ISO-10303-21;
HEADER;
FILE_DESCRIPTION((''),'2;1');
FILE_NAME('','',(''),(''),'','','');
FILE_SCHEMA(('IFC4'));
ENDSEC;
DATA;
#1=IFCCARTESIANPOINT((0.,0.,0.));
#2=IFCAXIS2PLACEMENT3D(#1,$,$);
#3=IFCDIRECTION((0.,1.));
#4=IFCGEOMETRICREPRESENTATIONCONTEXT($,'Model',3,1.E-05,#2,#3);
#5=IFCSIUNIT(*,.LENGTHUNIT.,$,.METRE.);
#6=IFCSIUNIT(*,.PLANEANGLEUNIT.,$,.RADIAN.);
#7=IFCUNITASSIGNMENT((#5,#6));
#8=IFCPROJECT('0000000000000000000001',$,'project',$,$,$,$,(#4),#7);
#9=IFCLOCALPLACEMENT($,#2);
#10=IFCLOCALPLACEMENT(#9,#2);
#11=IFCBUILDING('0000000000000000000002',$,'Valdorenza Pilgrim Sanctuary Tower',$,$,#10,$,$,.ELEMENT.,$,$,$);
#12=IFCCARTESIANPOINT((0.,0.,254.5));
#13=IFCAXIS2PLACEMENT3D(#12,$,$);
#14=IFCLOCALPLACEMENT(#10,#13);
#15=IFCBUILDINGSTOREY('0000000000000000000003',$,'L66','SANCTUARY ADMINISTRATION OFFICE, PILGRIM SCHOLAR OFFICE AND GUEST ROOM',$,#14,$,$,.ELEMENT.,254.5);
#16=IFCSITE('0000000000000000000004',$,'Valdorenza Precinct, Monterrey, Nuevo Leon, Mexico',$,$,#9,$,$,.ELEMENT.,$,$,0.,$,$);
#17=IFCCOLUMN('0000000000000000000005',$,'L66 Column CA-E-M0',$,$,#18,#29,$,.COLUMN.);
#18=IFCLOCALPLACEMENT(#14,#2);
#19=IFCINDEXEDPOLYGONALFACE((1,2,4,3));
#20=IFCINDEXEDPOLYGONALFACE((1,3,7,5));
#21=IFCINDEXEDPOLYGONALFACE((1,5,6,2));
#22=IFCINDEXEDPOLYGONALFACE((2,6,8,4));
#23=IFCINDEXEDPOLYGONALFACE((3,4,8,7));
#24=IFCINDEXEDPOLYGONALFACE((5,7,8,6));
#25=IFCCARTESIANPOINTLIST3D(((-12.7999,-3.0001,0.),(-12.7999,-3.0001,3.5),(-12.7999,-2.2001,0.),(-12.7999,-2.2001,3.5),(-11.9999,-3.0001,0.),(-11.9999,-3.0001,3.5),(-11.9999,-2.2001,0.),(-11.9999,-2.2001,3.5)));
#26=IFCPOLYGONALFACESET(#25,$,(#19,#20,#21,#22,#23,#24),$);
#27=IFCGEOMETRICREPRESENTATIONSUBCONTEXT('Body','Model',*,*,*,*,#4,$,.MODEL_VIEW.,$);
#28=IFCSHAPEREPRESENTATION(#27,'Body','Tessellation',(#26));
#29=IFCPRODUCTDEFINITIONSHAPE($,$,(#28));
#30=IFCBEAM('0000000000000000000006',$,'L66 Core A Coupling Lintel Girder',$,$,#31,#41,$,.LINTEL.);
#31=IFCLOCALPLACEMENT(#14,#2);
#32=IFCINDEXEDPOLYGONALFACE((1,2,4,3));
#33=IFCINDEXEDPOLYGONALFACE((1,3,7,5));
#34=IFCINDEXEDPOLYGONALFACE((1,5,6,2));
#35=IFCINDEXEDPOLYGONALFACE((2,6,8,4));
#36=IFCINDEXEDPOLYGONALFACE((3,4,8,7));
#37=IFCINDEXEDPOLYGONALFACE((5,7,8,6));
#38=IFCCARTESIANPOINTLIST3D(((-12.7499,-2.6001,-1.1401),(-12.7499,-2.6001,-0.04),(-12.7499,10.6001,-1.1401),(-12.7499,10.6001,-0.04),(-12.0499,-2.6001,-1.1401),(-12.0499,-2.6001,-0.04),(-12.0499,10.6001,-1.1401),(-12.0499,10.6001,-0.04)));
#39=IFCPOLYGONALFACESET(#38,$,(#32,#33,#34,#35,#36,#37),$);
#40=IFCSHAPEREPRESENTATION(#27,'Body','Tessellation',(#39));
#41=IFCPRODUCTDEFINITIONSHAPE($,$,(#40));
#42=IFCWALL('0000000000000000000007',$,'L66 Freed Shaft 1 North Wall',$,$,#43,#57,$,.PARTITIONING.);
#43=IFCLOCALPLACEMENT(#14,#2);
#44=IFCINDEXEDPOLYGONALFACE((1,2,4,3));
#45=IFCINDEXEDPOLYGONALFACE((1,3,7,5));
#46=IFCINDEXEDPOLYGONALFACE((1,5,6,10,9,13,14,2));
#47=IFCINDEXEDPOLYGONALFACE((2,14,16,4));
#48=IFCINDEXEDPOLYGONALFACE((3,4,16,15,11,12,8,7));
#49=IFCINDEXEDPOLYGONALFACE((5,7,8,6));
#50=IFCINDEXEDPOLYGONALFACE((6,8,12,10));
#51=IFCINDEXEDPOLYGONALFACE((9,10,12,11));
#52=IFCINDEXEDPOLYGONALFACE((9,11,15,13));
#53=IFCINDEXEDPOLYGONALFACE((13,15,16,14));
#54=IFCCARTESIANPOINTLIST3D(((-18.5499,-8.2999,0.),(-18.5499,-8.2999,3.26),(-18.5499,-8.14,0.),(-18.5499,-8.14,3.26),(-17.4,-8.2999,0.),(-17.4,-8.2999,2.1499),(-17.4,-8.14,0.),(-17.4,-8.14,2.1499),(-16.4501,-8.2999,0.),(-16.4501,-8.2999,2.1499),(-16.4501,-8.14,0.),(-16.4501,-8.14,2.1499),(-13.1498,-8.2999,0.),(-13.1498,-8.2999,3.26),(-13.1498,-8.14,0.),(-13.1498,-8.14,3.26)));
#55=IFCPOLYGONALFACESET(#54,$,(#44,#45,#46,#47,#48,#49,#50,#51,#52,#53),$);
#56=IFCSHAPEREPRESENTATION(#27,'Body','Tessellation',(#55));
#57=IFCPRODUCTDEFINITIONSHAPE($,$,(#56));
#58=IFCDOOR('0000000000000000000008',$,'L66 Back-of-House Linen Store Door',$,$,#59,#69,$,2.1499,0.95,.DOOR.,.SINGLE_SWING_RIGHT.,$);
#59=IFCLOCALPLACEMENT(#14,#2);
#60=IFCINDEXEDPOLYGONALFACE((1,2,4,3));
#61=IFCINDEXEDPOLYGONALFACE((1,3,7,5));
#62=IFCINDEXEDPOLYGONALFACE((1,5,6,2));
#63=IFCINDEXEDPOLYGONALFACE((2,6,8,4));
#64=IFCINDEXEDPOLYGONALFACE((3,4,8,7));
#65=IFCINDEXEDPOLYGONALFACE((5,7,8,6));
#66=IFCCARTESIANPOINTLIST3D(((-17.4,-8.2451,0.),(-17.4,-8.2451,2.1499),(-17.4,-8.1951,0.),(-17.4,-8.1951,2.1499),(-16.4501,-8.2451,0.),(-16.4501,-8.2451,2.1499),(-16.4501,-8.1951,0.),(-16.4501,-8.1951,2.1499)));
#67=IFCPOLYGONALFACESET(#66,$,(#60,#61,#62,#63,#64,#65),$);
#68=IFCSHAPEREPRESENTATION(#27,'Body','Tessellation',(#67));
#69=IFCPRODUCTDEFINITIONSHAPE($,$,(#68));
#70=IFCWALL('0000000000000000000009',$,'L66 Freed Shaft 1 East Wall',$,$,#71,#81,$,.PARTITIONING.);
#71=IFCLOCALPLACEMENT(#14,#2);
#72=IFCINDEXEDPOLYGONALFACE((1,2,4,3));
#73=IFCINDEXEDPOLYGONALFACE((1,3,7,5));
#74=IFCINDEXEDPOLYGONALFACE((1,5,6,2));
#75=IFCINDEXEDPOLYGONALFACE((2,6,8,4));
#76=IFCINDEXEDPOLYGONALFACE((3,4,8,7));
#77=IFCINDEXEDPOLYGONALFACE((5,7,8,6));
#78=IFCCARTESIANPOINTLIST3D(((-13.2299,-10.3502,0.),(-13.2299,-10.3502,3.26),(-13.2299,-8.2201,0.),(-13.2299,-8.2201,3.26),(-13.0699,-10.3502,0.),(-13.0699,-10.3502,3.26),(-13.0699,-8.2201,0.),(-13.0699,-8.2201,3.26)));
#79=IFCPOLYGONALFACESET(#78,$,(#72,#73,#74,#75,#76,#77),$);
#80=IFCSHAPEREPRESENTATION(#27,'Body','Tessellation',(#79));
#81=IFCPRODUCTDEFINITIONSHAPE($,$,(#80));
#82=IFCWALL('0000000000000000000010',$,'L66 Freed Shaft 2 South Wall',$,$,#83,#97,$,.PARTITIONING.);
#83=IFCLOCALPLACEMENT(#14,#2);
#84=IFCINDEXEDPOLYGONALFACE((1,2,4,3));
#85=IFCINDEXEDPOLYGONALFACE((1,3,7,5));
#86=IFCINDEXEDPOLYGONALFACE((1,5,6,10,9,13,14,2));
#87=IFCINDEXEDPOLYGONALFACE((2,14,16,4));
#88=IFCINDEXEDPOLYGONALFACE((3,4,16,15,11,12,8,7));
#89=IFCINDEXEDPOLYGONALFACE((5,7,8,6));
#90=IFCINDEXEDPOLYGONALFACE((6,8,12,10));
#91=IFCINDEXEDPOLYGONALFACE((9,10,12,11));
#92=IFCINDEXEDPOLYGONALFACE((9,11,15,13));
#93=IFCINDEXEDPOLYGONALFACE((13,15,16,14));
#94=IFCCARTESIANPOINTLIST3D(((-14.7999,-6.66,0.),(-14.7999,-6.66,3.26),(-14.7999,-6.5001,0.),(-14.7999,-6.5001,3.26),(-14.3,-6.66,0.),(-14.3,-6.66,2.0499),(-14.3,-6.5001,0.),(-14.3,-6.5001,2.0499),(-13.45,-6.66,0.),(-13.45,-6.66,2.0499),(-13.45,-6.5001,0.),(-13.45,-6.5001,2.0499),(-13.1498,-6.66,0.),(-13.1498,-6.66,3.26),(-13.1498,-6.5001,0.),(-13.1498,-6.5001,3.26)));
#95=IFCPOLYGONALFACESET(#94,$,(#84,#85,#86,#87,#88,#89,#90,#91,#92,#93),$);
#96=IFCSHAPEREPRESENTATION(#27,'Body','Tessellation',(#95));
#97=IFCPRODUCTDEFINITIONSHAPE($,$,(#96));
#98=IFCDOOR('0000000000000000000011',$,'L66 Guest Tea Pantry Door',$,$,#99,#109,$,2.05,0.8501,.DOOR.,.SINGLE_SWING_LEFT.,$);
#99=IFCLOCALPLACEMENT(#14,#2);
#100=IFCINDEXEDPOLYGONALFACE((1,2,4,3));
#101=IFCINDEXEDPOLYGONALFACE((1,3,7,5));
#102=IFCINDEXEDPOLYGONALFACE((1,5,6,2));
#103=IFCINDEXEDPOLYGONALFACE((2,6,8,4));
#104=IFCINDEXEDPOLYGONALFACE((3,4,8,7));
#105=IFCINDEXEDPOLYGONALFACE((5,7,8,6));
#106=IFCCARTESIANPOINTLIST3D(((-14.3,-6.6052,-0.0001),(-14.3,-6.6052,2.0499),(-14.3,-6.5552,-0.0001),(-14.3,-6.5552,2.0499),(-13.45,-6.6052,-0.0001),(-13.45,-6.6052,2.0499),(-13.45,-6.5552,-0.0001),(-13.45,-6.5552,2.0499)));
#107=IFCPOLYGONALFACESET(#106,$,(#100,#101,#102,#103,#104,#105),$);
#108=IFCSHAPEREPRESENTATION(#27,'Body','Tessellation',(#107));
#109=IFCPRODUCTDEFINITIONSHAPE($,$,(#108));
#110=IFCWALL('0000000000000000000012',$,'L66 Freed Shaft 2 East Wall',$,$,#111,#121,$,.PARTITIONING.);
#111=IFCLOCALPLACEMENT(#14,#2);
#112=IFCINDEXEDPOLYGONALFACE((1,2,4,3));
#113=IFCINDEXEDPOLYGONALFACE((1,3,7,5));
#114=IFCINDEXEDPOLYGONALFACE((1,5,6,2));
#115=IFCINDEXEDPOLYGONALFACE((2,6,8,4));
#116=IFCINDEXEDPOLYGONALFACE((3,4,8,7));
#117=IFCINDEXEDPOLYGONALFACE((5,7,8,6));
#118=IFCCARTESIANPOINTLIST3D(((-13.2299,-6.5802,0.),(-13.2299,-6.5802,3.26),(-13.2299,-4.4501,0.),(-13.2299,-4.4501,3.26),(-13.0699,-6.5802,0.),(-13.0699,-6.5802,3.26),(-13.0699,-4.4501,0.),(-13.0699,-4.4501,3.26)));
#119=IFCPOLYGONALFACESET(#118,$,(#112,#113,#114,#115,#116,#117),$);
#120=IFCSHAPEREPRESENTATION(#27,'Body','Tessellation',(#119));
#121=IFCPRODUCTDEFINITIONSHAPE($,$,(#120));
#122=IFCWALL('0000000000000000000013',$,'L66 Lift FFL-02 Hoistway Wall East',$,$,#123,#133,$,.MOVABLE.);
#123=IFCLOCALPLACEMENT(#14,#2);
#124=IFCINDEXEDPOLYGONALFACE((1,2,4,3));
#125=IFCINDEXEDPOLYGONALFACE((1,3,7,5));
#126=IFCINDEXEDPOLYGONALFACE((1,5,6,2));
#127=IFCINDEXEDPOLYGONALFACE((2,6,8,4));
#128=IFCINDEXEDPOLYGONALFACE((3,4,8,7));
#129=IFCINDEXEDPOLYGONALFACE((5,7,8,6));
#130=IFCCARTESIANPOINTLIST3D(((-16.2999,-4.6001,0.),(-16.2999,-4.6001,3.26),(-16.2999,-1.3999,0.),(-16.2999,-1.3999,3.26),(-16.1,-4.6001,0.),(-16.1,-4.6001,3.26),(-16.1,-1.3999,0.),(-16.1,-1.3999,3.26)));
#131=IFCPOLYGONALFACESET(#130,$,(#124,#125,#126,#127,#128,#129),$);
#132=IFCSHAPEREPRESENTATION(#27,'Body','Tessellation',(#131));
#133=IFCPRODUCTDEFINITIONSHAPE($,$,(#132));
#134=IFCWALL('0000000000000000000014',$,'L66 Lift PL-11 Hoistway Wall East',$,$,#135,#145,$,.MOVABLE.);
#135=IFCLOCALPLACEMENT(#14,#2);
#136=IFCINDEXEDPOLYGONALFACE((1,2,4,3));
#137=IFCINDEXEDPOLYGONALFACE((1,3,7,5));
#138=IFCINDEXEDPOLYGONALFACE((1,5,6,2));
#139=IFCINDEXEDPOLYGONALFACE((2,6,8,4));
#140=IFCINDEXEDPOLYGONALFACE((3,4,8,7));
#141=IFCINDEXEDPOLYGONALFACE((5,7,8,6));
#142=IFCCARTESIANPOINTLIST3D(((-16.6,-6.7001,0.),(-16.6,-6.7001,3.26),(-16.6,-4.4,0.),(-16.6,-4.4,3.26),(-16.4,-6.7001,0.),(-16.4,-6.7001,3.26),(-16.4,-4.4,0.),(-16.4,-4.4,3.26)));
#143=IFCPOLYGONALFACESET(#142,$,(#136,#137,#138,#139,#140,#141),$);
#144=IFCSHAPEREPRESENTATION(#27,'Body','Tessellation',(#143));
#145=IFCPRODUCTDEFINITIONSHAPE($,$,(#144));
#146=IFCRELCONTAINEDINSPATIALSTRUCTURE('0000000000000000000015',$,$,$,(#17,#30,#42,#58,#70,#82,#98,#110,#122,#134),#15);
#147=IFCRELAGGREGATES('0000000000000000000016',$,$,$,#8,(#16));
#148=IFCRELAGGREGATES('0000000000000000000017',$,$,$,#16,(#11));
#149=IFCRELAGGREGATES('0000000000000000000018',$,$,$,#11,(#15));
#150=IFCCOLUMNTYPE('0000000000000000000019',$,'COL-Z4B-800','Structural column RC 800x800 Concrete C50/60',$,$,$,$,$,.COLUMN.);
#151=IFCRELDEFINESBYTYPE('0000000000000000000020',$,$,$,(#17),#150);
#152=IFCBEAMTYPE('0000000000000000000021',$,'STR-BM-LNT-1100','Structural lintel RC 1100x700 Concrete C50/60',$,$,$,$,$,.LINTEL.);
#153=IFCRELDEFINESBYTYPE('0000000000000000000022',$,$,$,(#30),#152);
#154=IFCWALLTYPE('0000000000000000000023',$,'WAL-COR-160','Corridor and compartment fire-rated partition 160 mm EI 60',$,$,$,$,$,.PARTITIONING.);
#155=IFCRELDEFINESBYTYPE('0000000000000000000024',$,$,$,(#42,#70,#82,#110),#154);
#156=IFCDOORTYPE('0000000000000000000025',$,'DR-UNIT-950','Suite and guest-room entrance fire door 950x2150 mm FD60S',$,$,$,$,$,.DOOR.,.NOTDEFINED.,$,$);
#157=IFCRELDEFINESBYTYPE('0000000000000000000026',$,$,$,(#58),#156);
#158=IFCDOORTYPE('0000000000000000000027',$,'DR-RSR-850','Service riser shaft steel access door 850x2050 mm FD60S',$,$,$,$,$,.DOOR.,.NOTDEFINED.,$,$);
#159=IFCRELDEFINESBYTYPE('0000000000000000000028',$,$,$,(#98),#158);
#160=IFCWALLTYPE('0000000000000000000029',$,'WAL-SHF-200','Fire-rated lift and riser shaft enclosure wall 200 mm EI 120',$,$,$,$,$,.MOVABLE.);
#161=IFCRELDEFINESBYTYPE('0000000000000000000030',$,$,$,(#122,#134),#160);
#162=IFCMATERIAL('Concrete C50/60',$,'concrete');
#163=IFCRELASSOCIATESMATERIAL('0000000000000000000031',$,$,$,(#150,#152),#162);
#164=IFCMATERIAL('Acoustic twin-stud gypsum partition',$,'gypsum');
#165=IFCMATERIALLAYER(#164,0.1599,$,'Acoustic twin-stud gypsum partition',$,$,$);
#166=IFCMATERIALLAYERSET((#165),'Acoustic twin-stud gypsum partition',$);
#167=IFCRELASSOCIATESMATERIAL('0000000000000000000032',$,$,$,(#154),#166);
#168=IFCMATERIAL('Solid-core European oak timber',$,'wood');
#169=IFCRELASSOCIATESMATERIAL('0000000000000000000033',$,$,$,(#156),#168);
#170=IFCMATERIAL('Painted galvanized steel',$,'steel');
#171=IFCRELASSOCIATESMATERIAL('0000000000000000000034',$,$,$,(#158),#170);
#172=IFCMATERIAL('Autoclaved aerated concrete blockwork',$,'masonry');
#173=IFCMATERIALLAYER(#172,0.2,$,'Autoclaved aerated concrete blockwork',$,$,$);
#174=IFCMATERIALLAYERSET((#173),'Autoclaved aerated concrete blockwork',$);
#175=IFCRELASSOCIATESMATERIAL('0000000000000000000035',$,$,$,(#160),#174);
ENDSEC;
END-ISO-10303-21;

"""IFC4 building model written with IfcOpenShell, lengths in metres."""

from ifc_helpers import new_model, si_unit, direction, frame, frame_2d, origin, origin_2d, place, context, subcontext, project, spatial, rectangle, extrude, source, transform, mapped, material, layer, layer_set, material_profile, profile_set, type_object, element, fill, save


model = new_model("IFC4")

# Units and contexts
model_context = context("Model", 3, precision=1e-05, world=origin(), true_north=direction((0.0, 1.0)))
body_context = subcontext(model_context, "Body", "Model", "MODEL_VIEW")
ifc_project = project(units=[si_unit("LENGTHUNIT", "METRE"), si_unit("PLANEANGLEUNIT", "RADIAN")], contexts=[model_context])

# Site, building, storey
site_placement = place(None, origin())
site = spatial("IfcSite", under=ifc_project, at=site_placement, Name="Valdorenza Precinct, Monterrey, Nuevo Leon, Mexico", CompositionType="ELEMENT", RefElevation=0.0)
building_placement = place(site_placement, origin())
building = spatial("IfcBuilding", under=site, at=building_placement, Name="Valdorenza Pilgrim Sanctuary Tower", CompositionType="ELEMENT")
storey_placement = place(building_placement, frame((0.0, 0.0, 254.5)))
storey = spatial("IfcBuildingStorey", under=building, at=storey_placement, Name="L66", Description="SANCTUARY ADMINISTRATION OFFICE, PILGRIM SCHOLAR OFFICE AND GUEST ROOM", CompositionType="ELEMENT", Elevation=254.5)

# Column
ifc_material_1 = material(Name="Concrete C50/60", Category="concrete")
ifc_material_profile_1 = material_profile(ifc_material_1, rectangle(XDim=0.8, YDim=0.8, at=origin_2d()), Name="RC 800x800")
ifc_profile_set_1 = profile_set([ifc_material_profile_1], Name="Concrete C50/60")
column_type = type_object("IfcColumnType", Name="COL-Z4B-800", Description="Structural column RC 800x800 Concrete C50/60", PredefinedType="COLUMN", material=ifc_profile_set_1)
shared_shape_1 = source(origin(), body_context, "Body", "SweptSolid", [
    extrude(rectangle(XDim=0.8, YDim=0.8, at=origin_2d()), origin(), (0.0, 0.0, 1.0), 3.5),
])
column_placement = place(storey_placement, frame((-12.3999, -2.6001, 0.0), z_axis=(0.0, 0.0, 1.0), x_axis=(1.0, 0.0, 0.0)))
element("IfcColumn", 1, at=column_placement, inside=storey, type_object=column_type, Name="L66 Column CA-E-M0", PredefinedType="COLUMN", context=body_context, shape_type="MappedRepresentation", body=[
    mapped(shared_shape_1, transform((0.0, 0.0, 0.0), x_axis=(1.0, 0.0, 0.0), y_axis=(0.0, 1.0, 0.0), z_axis=(0.0, 0.0, 1.0), scale=1.0)),
])

# Beam
ifc_material_profile_2 = material_profile(ifc_material_1, rectangle(XDim=0.7, YDim=1.1001, at=origin_2d()), Name="RC 1100x700")
ifc_profile_set_2 = profile_set([ifc_material_profile_2], Name="Concrete C50/60")
beam_type = type_object("IfcBeamType", Name="STR-BM-LNT-1100", Description="Structural lintel RC 1100x700 Concrete C50/60", PredefinedType="LINTEL", material=ifc_profile_set_2)
shared_shape_2 = source(origin(), body_context, "Body", "SweptSolid", [
    extrude(rectangle(XDim=0.7, YDim=1.1001, at=origin_2d()), origin(), (0.0, 0.0, 1.0), 13.2002),
])
beam_placement = place(storey_placement, frame((-12.3999, -2.6001, -0.5901), z_axis=(0.0, 1.0, 0.0), x_axis=(-1.0, 0.0, 0.0)))
element("IfcBeam", 2, at=beam_placement, inside=storey, type_object=beam_type, Name="L66 Core A Coupling Lintel Girder", PredefinedType="LINTEL", context=body_context, shape_type="MappedRepresentation", body=[
    mapped(shared_shape_2, transform((0.0, 0.0, 0.0), x_axis=(1.0, 0.0, 0.0), y_axis=(0.0, 1.0, 0.0), z_axis=(0.0, 0.0, 1.0), scale=1.0)),
])

# Wall, opening, door
ifc_material_2 = material(Name="Acoustic twin-stud gypsum partition", Category="gypsum")
ifc_layer_1 = layer(ifc_material_2, 0.1599, Name="Acoustic twin-stud gypsum partition")
ifc_layer_set_1 = layer_set([ifc_layer_1], Name="Acoustic twin-stud gypsum partition")
wall_type_1 = type_object("IfcWallType", Name="WAL-COR-160", Description="Corridor and compartment fire-rated partition 160 mm EI 60", PredefinedType="PARTITIONING", material=ifc_layer_set_1)
wall_1_placement = place(storey_placement, frame((-18.55, -8.22, 0.0), z_axis=(0.0, 0.0, 1.0), x_axis=(1.0, 0.0, 0.0)))
wall_1 = element("IfcWall", 3, at=wall_1_placement, inside=storey, type_object=wall_type_1, Name="L66 Freed Shaft 1 North Wall", PredefinedType="PARTITIONING", context=body_context, shape_type="SweptSolid", body=[
    extrude(rectangle(XDim=5.4001, YDim=0.1599, at=frame_2d((2.7002, 0.0))), origin(), (0.0, 0.0, 1.0), 3.26),
])
opening_1_placement = place(wall_1_placement, frame((1.1499, 0.0, 0.0)))
opening_1 = element("IfcOpeningElement", 4, at=opening_1_placement, cuts=wall_1, PredefinedType="OPENING", context=body_context, shape_type="SweptSolid", body=[
    extrude(rectangle(XDim=0.95, YDim=2.1499, at=frame_2d((0.4751, 1.075))), frame((0.0, 0.0947, 0.0), z_axis=(0.0, -1.0, 0.0), x_axis=(1.0, 0.0, 0.0)), (0.0, 0.0, 1.0), 0.1897),
])
ifc_material_3 = material(Name="Solid-core European oak timber", Category="wood")
door_type_1 = type_object("IfcDoorType", Name="DR-UNIT-950", Description="Suite and guest-room entrance fire door 950x2150 mm FD60S", OperationType="NOTDEFINED", PredefinedType="DOOR", material=ifc_material_3)
door_1_placement = place(opening_1_placement, origin())
door_1 = element("IfcDoor", 5, at=door_1_placement, inside=storey, type_object=door_type_1, Name="L66 Back-of-House Linen Store Door", OperationType="SINGLE_SWING_RIGHT", OverallHeight=2.1499, OverallWidth=0.95, PredefinedType="DOOR", context=body_context, shape_type="SweptSolid", body=[
    extrude(rectangle(XDim=0.95, YDim=2.1499, at=frame_2d((0.4751, 1.075))), frame((0.0, 0.0249, 0.0), z_axis=(0.0, -1.0, 0.0), x_axis=(1.0, 0.0, 0.0)), (0.0, 0.0, 1.0), 0.05),
])
fill(opening_1, door_1)

# Wall
wall_2_placement = place(storey_placement, frame((-13.1499, -10.3501, 0.0), z_axis=(0.0, 0.0, 1.0), x_axis=(0.0, 1.0, 0.0)))
element("IfcWall", 6, at=wall_2_placement, inside=storey, type_object=wall_type_1, Name="L66 Freed Shaft 1 East Wall", PredefinedType="PARTITIONING", context=body_context, shape_type="SweptSolid", body=[
    extrude(rectangle(XDim=2.1301, YDim=0.1599, at=frame_2d((1.0649, 0.0))), origin(), (0.0, 0.0, 1.0), 3.26),
])

# Wall, opening, door
wall_3_placement = place(storey_placement, frame((-14.8, -6.5801, 0.0), z_axis=(0.0, 0.0, 1.0), x_axis=(1.0, 0.0, 0.0)))
wall_3 = element("IfcWall", 7, at=wall_3_placement, inside=storey, type_object=wall_type_1, Name="L66 Freed Shaft 2 South Wall", PredefinedType="PARTITIONING", context=body_context, shape_type="SweptSolid", body=[
    extrude(rectangle(XDim=1.6501, YDim=0.1599, at=frame_2d((0.8252, 0.0))), origin(), (0.0, 0.0, 1.0), 3.26),
])
opening_2_placement = place(wall_3_placement, frame((0.5, 0.0, 0.0)))
opening_2 = element("IfcOpeningElement", 8, at=opening_2_placement, cuts=wall_3, PredefinedType="OPENING", context=body_context, shape_type="SweptSolid", body=[
    extrude(rectangle(XDim=0.8501, YDim=2.05, at=frame_2d((0.425, 1.0249))), frame((0.0, 0.0947, 0.0), z_axis=(0.0, -1.0, 0.0), x_axis=(1.0, 0.0, 0.0)), (0.0, 0.0, 1.0), 0.1897),
])
ifc_material_4 = material(Name="Painted galvanized steel", Category="steel")
door_type_2 = type_object("IfcDoorType", Name="DR-RSR-850", Description="Service riser shaft steel access door 850x2050 mm FD60S", OperationType="NOTDEFINED", PredefinedType="DOOR", material=ifc_material_4)
door_2_placement = place(opening_2_placement, origin())
door_2 = element("IfcDoor", 9, at=door_2_placement, inside=storey, type_object=door_type_2, Name="L66 Guest Tea Pantry Door", OperationType="SINGLE_SWING_LEFT", OverallHeight=2.05, OverallWidth=0.8501, PredefinedType="DOOR", context=body_context, shape_type="SweptSolid", body=[
    extrude(rectangle(XDim=0.8501, YDim=2.05, at=frame_2d((0.425, 1.0249))), frame((0.0, 0.0249, 0.0), z_axis=(0.0, -1.0, 0.0), x_axis=(1.0, 0.0, 0.0)), (0.0, 0.0, 1.0), 0.05),
])
fill(opening_2, door_2)

# Wall
wall_4_placement = place(storey_placement, frame((-13.1499, -6.5801, 0.0), z_axis=(0.0, 0.0, 1.0), x_axis=(0.0, 1.0, 0.0)))
element("IfcWall", 10, at=wall_4_placement, inside=storey, type_object=wall_type_1, Name="L66 Freed Shaft 2 East Wall", PredefinedType="PARTITIONING", context=body_context, shape_type="SweptSolid", body=[
    extrude(rectangle(XDim=2.1301, YDim=0.1599, at=frame_2d((1.0649, 0.0))), origin(), (0.0, 0.0, 1.0), 3.26),
])

# Walls
ifc_material_5 = material(Name="Autoclaved aerated concrete blockwork", Category="masonry")
ifc_layer_2 = layer(ifc_material_5, 0.2, Name="Autoclaved aerated concrete blockwork")
ifc_layer_set_2 = layer_set([ifc_layer_2], Name="Autoclaved aerated concrete blockwork")
wall_type_2 = type_object("IfcWallType", Name="WAL-SHF-200", Description="Fire-rated lift and riser shaft enclosure wall 200 mm EI 120", PredefinedType="MOVABLE", material=ifc_layer_set_2)
wall_5_placement = place(storey_placement, frame((-16.2, -4.6001, 0.0), z_axis=(0.0, 0.0, 1.0), x_axis=(0.0, 1.0, 0.0)))
element("IfcWall", 11, at=wall_5_placement, inside=storey, type_object=wall_type_2, Name="L66 Lift FFL-02 Hoistway Wall East", PredefinedType="MOVABLE", context=body_context, shape_type="SweptSolid", body=[
    extrude(rectangle(XDim=3.2002, YDim=0.2, at=frame_2d((1.6001, 0.0))), origin(), (0.0, 0.0, 1.0), 3.26),
])
wall_6_placement = place(storey_placement, frame((-16.5, -6.7, 0.0), z_axis=(0.0, 0.0, 1.0), x_axis=(0.0, 1.0, 0.0)))
element("IfcWall", 12, at=wall_6_placement, inside=storey, type_object=wall_type_2, Name="L66 Lift PL-11 Hoistway Wall East", PredefinedType="MOVABLE", context=body_context, shape_type="SweptSolid", body=[
    extrude(rectangle(XDim=2.3, YDim=0.2, at=frame_2d((1.1499, 0.0))), origin(), (0.0, 0.0, 1.0), 3.26),
])

save(model, "model.ifc")
